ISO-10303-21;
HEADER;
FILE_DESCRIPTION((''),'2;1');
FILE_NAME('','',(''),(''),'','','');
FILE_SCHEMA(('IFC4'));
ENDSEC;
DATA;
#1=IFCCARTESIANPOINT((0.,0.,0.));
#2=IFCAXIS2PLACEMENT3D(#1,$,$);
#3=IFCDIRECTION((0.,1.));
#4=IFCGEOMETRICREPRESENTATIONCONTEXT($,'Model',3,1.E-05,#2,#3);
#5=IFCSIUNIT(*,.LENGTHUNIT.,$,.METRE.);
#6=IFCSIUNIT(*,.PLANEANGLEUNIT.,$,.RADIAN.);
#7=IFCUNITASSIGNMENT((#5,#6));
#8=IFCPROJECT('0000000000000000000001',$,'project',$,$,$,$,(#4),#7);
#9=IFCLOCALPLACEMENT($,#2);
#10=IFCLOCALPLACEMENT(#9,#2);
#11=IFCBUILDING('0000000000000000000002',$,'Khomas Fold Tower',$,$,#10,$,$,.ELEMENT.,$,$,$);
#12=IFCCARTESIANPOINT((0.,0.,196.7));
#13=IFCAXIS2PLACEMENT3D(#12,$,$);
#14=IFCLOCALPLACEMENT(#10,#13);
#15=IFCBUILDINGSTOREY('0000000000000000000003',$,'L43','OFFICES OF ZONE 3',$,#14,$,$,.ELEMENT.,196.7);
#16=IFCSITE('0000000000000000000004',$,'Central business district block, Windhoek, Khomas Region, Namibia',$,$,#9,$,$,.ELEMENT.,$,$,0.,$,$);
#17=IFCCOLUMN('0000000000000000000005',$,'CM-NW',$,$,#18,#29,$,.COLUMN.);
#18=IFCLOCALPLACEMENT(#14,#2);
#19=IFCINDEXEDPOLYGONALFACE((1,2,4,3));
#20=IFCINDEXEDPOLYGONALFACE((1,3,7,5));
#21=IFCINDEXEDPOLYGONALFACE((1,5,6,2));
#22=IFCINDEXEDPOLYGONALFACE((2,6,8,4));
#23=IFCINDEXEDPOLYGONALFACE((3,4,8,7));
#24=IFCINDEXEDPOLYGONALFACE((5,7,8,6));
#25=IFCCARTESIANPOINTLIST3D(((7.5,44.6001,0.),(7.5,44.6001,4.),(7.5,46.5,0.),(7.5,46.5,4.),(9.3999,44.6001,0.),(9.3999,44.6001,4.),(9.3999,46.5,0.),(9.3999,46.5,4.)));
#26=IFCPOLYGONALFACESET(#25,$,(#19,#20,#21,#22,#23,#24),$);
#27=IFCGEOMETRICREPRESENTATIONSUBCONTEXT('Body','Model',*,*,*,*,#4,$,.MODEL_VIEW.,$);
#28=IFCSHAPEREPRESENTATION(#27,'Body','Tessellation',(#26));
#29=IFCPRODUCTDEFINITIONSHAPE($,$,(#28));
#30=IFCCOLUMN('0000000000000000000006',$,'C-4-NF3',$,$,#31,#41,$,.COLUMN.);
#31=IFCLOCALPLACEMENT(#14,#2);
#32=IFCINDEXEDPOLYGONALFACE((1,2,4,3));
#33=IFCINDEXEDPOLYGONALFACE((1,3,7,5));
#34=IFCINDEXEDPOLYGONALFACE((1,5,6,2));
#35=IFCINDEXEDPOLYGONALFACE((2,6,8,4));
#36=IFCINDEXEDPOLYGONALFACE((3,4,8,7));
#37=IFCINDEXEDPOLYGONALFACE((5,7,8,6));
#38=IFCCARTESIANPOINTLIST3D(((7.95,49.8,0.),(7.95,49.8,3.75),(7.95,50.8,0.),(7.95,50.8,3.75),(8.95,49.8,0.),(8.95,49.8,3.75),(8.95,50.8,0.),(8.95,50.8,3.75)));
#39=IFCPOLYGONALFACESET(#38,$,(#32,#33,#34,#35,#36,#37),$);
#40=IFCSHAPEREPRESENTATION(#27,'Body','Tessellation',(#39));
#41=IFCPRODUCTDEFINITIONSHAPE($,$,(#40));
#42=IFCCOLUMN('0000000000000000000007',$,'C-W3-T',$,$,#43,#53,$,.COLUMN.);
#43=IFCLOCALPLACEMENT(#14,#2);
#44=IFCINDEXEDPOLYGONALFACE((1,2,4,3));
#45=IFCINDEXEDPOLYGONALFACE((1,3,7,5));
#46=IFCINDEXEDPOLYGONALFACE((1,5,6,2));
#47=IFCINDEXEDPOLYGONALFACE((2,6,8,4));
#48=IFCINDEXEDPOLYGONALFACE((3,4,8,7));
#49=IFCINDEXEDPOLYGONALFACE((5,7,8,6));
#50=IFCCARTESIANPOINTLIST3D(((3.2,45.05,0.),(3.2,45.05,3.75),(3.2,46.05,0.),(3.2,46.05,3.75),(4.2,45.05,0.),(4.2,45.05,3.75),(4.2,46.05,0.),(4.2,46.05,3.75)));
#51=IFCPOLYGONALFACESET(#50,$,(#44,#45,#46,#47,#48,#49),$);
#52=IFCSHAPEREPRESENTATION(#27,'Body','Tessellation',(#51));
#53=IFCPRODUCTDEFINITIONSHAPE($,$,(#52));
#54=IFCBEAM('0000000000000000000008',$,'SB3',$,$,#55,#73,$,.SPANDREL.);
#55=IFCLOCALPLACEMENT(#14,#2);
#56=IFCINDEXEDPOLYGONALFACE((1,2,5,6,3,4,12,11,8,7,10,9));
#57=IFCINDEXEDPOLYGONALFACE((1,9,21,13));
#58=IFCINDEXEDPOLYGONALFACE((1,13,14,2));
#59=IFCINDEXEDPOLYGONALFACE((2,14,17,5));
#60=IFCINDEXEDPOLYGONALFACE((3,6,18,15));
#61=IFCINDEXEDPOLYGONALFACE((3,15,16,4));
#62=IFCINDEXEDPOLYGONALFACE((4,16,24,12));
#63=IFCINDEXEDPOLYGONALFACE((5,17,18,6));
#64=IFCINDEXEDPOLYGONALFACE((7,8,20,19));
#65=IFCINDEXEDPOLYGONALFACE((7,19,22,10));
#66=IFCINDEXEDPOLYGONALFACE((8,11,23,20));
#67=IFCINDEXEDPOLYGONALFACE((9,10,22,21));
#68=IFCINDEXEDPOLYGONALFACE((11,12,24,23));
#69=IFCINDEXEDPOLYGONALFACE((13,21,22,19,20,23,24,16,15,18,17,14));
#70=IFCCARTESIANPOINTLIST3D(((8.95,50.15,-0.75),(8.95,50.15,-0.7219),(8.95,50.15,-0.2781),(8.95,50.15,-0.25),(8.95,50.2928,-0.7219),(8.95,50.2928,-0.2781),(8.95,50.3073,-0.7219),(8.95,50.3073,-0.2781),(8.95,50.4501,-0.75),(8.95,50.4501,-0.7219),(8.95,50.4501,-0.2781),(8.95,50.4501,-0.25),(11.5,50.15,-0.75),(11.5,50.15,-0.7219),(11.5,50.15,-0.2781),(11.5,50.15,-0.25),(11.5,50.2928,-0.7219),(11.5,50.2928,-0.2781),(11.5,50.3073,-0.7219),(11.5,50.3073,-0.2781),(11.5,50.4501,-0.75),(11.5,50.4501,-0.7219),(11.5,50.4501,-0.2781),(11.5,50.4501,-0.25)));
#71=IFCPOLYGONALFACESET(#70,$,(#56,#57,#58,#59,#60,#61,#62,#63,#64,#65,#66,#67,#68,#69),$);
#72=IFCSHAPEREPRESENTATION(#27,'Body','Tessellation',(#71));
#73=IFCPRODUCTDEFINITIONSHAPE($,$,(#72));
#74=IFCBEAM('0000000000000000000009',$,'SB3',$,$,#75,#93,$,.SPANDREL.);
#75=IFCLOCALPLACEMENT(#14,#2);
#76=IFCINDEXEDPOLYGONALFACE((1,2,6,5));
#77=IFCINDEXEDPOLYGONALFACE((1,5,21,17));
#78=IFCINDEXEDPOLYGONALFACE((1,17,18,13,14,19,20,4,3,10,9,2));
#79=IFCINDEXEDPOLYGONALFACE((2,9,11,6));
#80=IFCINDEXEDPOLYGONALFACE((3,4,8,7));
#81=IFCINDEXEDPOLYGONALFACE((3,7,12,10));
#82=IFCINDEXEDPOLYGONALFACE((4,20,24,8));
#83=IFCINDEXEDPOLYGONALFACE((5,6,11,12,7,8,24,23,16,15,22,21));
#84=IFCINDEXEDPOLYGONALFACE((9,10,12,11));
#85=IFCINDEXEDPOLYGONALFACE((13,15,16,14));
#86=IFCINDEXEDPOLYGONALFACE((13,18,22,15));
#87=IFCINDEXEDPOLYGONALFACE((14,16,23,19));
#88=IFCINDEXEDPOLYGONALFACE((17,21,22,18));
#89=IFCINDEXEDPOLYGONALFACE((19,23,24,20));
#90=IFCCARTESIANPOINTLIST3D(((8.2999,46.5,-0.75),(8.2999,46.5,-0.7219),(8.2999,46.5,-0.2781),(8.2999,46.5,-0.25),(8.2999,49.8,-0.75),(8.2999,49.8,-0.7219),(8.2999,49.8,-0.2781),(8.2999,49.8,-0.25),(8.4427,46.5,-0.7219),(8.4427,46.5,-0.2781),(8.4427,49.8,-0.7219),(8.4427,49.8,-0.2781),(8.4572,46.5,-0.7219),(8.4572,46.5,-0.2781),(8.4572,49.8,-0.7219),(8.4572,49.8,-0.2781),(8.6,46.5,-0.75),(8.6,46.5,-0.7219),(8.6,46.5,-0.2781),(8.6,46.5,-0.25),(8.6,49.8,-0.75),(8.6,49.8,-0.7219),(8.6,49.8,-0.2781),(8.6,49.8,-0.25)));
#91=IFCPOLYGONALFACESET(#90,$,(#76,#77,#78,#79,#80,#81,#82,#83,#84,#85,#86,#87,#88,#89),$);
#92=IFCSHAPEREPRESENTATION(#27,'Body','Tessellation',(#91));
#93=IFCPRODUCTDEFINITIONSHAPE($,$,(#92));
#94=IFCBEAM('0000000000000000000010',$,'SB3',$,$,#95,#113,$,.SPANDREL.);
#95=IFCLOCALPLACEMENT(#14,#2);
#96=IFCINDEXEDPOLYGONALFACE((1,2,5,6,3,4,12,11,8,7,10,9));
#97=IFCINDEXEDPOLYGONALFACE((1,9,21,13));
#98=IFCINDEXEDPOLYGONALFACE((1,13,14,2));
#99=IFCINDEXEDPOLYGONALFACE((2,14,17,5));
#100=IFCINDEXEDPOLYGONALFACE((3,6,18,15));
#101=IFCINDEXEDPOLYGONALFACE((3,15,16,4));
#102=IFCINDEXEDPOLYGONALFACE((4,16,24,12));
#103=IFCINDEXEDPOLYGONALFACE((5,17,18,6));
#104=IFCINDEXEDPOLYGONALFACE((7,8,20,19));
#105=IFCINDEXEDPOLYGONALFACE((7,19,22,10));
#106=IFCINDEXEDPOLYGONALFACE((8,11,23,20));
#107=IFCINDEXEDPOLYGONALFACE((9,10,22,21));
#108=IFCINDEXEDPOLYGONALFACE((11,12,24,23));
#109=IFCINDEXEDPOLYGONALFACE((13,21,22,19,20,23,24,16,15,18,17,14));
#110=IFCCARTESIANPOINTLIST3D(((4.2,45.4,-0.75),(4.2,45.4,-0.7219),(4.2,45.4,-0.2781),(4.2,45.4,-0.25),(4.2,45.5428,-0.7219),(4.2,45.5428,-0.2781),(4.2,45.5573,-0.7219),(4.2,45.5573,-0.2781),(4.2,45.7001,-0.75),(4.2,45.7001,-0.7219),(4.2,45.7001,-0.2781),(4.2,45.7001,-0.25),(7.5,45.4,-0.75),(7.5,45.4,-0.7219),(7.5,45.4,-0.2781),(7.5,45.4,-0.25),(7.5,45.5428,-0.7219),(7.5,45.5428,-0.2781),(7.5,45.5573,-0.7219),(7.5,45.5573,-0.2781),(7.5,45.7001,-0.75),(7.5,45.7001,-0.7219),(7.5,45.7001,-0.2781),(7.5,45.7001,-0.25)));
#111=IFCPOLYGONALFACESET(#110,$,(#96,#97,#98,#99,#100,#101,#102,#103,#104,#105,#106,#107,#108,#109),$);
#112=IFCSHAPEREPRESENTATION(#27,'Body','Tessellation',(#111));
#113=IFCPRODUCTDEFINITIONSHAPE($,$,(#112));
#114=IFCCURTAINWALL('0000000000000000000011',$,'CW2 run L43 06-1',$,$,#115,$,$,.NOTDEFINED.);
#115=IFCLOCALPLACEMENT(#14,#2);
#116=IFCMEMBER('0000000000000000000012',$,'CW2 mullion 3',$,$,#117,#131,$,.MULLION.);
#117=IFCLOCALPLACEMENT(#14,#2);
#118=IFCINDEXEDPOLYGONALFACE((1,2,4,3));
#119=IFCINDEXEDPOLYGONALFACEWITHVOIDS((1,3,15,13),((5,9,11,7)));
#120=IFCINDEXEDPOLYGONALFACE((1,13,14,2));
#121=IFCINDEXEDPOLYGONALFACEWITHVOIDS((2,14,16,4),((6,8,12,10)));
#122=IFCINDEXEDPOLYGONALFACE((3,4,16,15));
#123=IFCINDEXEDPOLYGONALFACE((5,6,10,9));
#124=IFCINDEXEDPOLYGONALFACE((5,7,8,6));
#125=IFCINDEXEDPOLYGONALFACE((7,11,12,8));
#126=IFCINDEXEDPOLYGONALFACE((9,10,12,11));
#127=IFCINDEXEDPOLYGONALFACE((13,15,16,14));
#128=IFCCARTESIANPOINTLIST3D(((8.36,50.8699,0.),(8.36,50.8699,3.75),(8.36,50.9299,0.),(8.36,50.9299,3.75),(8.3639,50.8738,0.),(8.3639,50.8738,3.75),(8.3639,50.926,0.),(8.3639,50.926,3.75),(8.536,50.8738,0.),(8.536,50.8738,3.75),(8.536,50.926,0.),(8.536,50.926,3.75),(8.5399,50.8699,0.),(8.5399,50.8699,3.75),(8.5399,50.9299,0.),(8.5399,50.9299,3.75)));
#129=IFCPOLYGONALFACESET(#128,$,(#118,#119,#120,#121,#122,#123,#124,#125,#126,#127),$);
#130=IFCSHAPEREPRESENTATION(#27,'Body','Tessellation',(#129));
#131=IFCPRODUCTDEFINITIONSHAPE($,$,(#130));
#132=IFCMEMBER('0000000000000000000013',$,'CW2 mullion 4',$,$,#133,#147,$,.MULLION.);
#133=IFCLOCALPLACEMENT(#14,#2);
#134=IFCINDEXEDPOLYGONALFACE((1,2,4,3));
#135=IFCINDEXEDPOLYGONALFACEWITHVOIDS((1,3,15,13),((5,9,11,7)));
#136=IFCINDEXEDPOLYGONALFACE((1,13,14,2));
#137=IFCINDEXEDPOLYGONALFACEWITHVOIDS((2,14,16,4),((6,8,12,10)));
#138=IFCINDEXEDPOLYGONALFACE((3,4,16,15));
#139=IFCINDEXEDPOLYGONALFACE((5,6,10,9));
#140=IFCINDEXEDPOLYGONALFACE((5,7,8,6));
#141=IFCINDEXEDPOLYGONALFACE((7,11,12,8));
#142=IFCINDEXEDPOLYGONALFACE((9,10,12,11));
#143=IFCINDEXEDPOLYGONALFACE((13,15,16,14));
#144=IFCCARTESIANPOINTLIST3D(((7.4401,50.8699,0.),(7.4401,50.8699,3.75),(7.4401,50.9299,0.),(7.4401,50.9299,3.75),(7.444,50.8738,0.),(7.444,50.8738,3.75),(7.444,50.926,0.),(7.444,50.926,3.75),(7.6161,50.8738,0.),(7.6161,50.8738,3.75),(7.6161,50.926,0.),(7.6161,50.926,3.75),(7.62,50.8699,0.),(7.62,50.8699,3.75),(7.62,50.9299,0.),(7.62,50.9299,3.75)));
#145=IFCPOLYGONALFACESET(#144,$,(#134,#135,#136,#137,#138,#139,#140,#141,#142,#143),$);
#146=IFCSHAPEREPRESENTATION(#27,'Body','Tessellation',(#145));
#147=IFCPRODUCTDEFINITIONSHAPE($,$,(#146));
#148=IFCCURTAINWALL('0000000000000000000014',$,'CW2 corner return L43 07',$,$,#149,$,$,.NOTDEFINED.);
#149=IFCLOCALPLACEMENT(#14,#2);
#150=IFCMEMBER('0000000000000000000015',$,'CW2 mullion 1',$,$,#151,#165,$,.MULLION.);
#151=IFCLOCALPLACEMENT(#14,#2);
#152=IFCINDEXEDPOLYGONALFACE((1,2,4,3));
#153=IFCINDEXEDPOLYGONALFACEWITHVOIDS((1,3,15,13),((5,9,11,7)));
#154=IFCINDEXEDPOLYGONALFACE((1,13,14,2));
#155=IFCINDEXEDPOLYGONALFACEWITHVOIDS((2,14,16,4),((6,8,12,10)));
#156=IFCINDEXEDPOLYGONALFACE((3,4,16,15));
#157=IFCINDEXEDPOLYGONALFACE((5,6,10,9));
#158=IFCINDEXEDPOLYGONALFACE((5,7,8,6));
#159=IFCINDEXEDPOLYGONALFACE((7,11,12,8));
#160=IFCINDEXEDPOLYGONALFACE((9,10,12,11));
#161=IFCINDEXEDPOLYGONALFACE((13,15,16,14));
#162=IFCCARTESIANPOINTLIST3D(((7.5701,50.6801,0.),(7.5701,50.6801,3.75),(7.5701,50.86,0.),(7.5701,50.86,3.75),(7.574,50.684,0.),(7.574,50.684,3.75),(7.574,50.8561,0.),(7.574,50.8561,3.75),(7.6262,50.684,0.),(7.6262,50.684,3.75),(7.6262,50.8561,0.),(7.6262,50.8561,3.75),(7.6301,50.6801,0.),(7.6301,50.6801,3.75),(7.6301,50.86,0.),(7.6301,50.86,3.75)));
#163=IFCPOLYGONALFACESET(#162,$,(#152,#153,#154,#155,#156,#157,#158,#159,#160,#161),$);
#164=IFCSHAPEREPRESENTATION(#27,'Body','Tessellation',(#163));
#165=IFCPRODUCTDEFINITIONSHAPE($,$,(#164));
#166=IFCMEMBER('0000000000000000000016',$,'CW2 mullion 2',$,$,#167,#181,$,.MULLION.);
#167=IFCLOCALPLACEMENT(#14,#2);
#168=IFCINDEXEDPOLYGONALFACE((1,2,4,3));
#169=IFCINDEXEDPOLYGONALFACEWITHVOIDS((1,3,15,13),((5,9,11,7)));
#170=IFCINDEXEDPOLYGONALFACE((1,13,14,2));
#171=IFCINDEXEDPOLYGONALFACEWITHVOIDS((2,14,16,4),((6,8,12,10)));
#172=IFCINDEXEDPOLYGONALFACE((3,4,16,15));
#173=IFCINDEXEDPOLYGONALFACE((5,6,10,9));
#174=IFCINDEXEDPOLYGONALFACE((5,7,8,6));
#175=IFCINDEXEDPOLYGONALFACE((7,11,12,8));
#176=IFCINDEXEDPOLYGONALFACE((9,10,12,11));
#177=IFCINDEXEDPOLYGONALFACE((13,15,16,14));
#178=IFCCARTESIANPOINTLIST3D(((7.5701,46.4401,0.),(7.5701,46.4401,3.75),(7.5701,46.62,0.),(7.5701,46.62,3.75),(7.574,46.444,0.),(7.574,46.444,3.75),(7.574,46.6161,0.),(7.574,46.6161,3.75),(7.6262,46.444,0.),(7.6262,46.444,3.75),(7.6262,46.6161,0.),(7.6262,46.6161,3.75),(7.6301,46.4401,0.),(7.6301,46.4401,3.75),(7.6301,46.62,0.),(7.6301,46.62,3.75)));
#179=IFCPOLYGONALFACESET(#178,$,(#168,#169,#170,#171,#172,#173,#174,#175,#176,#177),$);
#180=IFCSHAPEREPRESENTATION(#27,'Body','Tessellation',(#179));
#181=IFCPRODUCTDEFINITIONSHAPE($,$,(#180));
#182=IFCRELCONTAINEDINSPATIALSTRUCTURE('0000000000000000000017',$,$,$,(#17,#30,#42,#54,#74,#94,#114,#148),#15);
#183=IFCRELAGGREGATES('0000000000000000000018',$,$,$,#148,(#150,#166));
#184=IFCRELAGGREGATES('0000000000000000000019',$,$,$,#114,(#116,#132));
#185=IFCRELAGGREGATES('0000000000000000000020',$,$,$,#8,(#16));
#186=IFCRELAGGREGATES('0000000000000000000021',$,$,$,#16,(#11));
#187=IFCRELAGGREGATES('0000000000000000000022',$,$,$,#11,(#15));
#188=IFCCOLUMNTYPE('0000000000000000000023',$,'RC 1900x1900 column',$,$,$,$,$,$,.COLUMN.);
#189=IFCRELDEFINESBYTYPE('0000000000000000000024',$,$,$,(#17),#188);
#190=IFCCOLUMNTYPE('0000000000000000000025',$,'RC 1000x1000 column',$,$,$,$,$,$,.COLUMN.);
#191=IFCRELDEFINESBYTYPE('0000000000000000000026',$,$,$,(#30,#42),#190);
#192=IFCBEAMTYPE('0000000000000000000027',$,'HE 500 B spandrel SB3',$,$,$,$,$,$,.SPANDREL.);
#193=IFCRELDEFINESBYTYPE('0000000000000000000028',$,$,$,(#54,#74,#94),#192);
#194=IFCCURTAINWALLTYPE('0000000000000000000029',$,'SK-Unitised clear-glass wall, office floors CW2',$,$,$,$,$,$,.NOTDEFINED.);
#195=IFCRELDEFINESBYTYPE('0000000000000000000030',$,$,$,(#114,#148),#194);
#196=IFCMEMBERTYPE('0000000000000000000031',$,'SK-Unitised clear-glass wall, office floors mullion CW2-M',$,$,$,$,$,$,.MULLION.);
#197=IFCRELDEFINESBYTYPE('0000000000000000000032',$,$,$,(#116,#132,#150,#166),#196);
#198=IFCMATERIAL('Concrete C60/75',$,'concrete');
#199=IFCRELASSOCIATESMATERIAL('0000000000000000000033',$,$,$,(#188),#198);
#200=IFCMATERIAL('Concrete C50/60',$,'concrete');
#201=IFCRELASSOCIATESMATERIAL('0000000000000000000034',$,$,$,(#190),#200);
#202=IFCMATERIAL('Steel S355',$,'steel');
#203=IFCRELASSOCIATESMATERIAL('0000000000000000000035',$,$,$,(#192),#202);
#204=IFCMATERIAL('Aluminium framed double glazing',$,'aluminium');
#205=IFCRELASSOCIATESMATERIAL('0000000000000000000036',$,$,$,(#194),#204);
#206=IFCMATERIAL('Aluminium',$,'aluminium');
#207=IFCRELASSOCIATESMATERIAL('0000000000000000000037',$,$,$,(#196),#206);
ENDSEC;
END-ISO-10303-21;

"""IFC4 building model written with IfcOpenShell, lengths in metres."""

from ifc_helpers import new_model, si_unit, direction, frame, origin, origin_2d, place, context, subcontext, project, spatial, rectangle, hollow_rectangle, i_section, extrude, source, transform, mapped, material, material_profile, profile_set, type_object, element, aggregate, save


model = new_model("IFC4")

# Units and contexts
model_context = context("Model", 3, precision=1e-05, world=origin(), true_north=direction((0.0, 1.0)))
body_context = subcontext(model_context, "Body", "Model", "MODEL_VIEW")
ifc_project = project(units=[si_unit("LENGTHUNIT", "METRE"), si_unit("PLANEANGLEUNIT", "RADIAN")], contexts=[model_context])

# Site, building, storey
site_placement = place(None, origin())
site = spatial("IfcSite", under=ifc_project, at=site_placement, Name="Central business district block, Windhoek, Khomas Region, Namibia", CompositionType="ELEMENT", RefElevation=0.0)
building_placement = place(site_placement, origin())
building = spatial("IfcBuilding", under=site, at=building_placement, Name="Khomas Fold Tower", CompositionType="ELEMENT")
storey_placement = place(building_placement, frame((0.0, 0.0, 196.7)))
storey = spatial("IfcBuildingStorey", under=building, at=storey_placement, Name="L43", Description="OFFICES OF ZONE 3", CompositionType="ELEMENT", Elevation=196.7)

# Columns
ifc_material_1 = material(Name="Concrete C60/75", Category="concrete")
ifc_material_profile_1 = material_profile(ifc_material_1, rectangle(XDim=1.8999, YDim=1.8999, at=origin_2d()), Name="RC 1900x1900")
ifc_profile_set_1 = profile_set([ifc_material_profile_1], Name="Concrete C60/75")
column_type_1 = type_object("IfcColumnType", Name="RC 1900x1900 column", PredefinedType="COLUMN", material=ifc_profile_set_1)
shared_shape_1 = source(origin(), body_context, "Body", "SweptSolid", [
    extrude(rectangle(XDim=1.8999, YDim=1.8999, at=origin_2d()), origin(), (0.0, 0.0, 1.0), 4.0),
])
column_placement = place(storey_placement, frame((8.45, 45.55, 0.0), z_axis=(0.0, 0.0, 1.0), x_axis=(1.0, 0.0, 0.0)))
element("IfcColumn", 1, at=column_placement, inside=storey, type_object=column_type_1, Name="CM-NW", PredefinedType="COLUMN", context=body_context, shape_type="MappedRepresentation", body=[
    mapped(shared_shape_1, transform((0.0, 0.0, 0.0))),
])
ifc_material_2 = material(Name="Concrete C50/60", Category="concrete")
ifc_material_profile_2 = material_profile(ifc_material_2, rectangle(XDim=1.0, YDim=1.0, at=origin_2d()), Name="RC 1000x1000")
ifc_profile_set_2 = profile_set([ifc_material_profile_2], Name="Concrete C50/60")
column_type_2 = type_object("IfcColumnType", Name="RC 1000x1000 column", PredefinedType="COLUMN", material=ifc_profile_set_2)
shared_shape_2 = source(origin(), body_context, "Body", "SweptSolid", [
    extrude(rectangle(XDim=1.0, YDim=1.0, at=origin_2d()), origin(), (0.0, 0.0, 1.0), 3.75),
])
for number, where, z_axis, x_axis, name in (
    (2, (8.45, 50.3, 0.0), (0.0, 0.0, 1.0), (1.0, 0.0, 0.0), "C-4-NF3"),
    (3, (3.7, 45.55, 0.0), (0.0, 0.0, 1.0), (1.0, 0.0, 0.0), "C-W3-T"),
):
    element("IfcColumn", number, at=place(storey_placement, frame(where, z_axis=z_axis, x_axis=x_axis)), inside=storey, type_object=column_type_2, Name=name, PredefinedType="COLUMN", context=body_context, shape_type="MappedRepresentation", body=[
        mapped(shared_shape_2, transform((0.0, 0.0, 0.0))),
    ])

# Beams
ifc_material_3 = material(Name="Steel S355", Category="steel")
ifc_material_profile_3 = material_profile(ifc_material_3, i_section(OverallWidth=0.3, OverallDepth=0.5, WebThickness=0.0144, FlangeThickness=0.0281, at=origin_2d()), Name="HE 500 B")
ifc_profile_set_3 = profile_set([ifc_material_profile_3], Name="Steel S355")
beam_type = type_object("IfcBeamType", Name="HE 500 B spandrel SB3", PredefinedType="SPANDREL", material=ifc_profile_set_3)
shared_shape_3 = source(origin(), body_context, "Body", "SweptSolid", [
    extrude(i_section(OverallWidth=0.3, OverallDepth=0.5, WebThickness=0.0144, FlangeThickness=0.0281, at=origin_2d()), origin(), (0.0, 0.0, 1.0), 2.55),
])
beam_placement = place(storey_placement, frame((8.95, 50.3, -0.5), z_axis=(1.0, 0.0, 0.0), x_axis=(0.0, 1.0, 0.0)))
element("IfcBeam", 4, at=beam_placement, inside=storey, type_object=beam_type, Name="SB3", PredefinedType="SPANDREL", context=body_context, shape_type="MappedRepresentation", body=[
    mapped(shared_shape_3, transform((0.0, 0.0, 0.0))),
])
shared_shape_4 = source(origin(), body_context, "Body", "SweptSolid", [
    extrude(i_section(OverallWidth=0.3, OverallDepth=0.5, WebThickness=0.0144, FlangeThickness=0.0281, at=origin_2d()), origin(), (0.0, 0.0, 1.0), 3.3),
])
for number, where, z_axis, x_axis, name in (
    (5, (8.45, 46.5, -0.5), (0.0, 1.0, 0.0), (-1.0, 0.0, 0.0), "SB3"),
    (6, (4.2, 45.55, -0.5), (1.0, 0.0, 0.0), (0.0, 1.0, 0.0), "SB3"),
):
    element("IfcBeam", number, at=place(storey_placement, frame(where, z_axis=z_axis, x_axis=x_axis)), inside=storey, type_object=beam_type, Name=name, PredefinedType="SPANDREL", context=body_context, shape_type="MappedRepresentation", body=[
        mapped(shared_shape_4, transform((0.0, 0.0, 0.0))),
    ])

# Curtain walls, members
ifc_material_4 = material(Name="Aluminium framed double glazing", Category="aluminium")
curtain_wall_type = type_object("IfcCurtainWallType", Name="SK-Unitised clear-glass wall, office floors CW2", PredefinedType="NOTDEFINED", material=ifc_material_4)
curtain_wall_1_placement = place(storey_placement, origin())
curtain_wall_1 = element("IfcCurtainWall", 7, at=curtain_wall_1_placement, inside=storey, type_object=curtain_wall_type, Name="CW2 run L43 06-1", PredefinedType="NOTDEFINED")
ifc_material_5 = material(Name="Aluminium", Category="aluminium")
ifc_material_profile_4 = material_profile(ifc_material_5, hollow_rectangle(XDim=0.0601, YDim=0.1799, WallThickness=0.0039, at=origin_2d()), Name="SK-Unitised clear-glass wall, office floors mullion CW2-M")
ifc_profile_set_4 = profile_set([ifc_material_profile_4], Name="Aluminium")
member_type_1 = type_object("IfcMemberType", Name="SK-Unitised clear-glass wall, office floors mullion CW2-M", PredefinedType="MULLION", material=ifc_profile_set_4)
shared_shape_5 = source(origin(), body_context, "Body", "SweptSolid", [
    extrude(hollow_rectangle(XDim=0.0601, YDim=0.1799, WallThickness=0.0039, at=origin_2d()), origin(), (0.0, 0.0, 1.0), 3.75),
])
member_1_placement = place(storey_placement, frame((8.45, 50.8999, 0.0), z_axis=(0.0, 0.0, 1.0), x_axis=(0.0, -1.0, 0.0)))
member_1 = element("IfcMember", 8, at=member_1_placement, type_object=member_type_1, Name="CW2 mullion 3", PredefinedType="MULLION", context=body_context, shape_type="MappedRepresentation", body=[
    mapped(shared_shape_5, transform((0.0, 0.0, 0.0))),
])
member_2_placement = place(storey_placement, frame((7.53, 50.8999, 0.0), z_axis=(0.0, 0.0, 1.0), x_axis=(0.0, -1.0, 0.0)))
member_2 = element("IfcMember", 9, at=member_2_placement, type_object=member_type_1, Name="CW2 mullion 4", PredefinedType="MULLION", context=body_context, shape_type="MappedRepresentation", body=[
    mapped(shared_shape_5, transform((0.0, 0.0, 0.0))),
])
curtain_wall_2_placement = place(storey_placement, origin())
curtain_wall_2 = element("IfcCurtainWall", 10, at=curtain_wall_2_placement, inside=storey, type_object=curtain_wall_type, Name="CW2 corner return L43 07", PredefinedType="NOTDEFINED")
member_3_placement = place(storey_placement, frame((7.6001, 50.77, 0.0), z_axis=(0.0, 0.0, 1.0), x_axis=(1.0, 0.0, 0.0)))
member_3 = element("IfcMember", 11, at=member_3_placement, type_object=member_type_1, Name="CW2 mullion 1", PredefinedType="MULLION", context=body_context, shape_type="MappedRepresentation", body=[
    mapped(shared_shape_5, transform((0.0, 0.0, 0.0))),
])
member_4_placement = place(storey_placement, frame((7.6001, 46.53, 0.0), z_axis=(0.0, 0.0, 1.0), x_axis=(1.0, 0.0, 0.0)))
member_4 = element("IfcMember", 12, at=member_4_placement, type_object=member_type_1, Name="CW2 mullion 2", PredefinedType="MULLION", context=body_context, shape_type="MappedRepresentation", body=[
    mapped(shared_shape_5, transform((0.0, 0.0, 0.0))),
])

aggregate(curtain_wall_2, [member_3, member_4])
aggregate(curtain_wall_1, [member_1, member_2])

save(model, "model.ifc")
